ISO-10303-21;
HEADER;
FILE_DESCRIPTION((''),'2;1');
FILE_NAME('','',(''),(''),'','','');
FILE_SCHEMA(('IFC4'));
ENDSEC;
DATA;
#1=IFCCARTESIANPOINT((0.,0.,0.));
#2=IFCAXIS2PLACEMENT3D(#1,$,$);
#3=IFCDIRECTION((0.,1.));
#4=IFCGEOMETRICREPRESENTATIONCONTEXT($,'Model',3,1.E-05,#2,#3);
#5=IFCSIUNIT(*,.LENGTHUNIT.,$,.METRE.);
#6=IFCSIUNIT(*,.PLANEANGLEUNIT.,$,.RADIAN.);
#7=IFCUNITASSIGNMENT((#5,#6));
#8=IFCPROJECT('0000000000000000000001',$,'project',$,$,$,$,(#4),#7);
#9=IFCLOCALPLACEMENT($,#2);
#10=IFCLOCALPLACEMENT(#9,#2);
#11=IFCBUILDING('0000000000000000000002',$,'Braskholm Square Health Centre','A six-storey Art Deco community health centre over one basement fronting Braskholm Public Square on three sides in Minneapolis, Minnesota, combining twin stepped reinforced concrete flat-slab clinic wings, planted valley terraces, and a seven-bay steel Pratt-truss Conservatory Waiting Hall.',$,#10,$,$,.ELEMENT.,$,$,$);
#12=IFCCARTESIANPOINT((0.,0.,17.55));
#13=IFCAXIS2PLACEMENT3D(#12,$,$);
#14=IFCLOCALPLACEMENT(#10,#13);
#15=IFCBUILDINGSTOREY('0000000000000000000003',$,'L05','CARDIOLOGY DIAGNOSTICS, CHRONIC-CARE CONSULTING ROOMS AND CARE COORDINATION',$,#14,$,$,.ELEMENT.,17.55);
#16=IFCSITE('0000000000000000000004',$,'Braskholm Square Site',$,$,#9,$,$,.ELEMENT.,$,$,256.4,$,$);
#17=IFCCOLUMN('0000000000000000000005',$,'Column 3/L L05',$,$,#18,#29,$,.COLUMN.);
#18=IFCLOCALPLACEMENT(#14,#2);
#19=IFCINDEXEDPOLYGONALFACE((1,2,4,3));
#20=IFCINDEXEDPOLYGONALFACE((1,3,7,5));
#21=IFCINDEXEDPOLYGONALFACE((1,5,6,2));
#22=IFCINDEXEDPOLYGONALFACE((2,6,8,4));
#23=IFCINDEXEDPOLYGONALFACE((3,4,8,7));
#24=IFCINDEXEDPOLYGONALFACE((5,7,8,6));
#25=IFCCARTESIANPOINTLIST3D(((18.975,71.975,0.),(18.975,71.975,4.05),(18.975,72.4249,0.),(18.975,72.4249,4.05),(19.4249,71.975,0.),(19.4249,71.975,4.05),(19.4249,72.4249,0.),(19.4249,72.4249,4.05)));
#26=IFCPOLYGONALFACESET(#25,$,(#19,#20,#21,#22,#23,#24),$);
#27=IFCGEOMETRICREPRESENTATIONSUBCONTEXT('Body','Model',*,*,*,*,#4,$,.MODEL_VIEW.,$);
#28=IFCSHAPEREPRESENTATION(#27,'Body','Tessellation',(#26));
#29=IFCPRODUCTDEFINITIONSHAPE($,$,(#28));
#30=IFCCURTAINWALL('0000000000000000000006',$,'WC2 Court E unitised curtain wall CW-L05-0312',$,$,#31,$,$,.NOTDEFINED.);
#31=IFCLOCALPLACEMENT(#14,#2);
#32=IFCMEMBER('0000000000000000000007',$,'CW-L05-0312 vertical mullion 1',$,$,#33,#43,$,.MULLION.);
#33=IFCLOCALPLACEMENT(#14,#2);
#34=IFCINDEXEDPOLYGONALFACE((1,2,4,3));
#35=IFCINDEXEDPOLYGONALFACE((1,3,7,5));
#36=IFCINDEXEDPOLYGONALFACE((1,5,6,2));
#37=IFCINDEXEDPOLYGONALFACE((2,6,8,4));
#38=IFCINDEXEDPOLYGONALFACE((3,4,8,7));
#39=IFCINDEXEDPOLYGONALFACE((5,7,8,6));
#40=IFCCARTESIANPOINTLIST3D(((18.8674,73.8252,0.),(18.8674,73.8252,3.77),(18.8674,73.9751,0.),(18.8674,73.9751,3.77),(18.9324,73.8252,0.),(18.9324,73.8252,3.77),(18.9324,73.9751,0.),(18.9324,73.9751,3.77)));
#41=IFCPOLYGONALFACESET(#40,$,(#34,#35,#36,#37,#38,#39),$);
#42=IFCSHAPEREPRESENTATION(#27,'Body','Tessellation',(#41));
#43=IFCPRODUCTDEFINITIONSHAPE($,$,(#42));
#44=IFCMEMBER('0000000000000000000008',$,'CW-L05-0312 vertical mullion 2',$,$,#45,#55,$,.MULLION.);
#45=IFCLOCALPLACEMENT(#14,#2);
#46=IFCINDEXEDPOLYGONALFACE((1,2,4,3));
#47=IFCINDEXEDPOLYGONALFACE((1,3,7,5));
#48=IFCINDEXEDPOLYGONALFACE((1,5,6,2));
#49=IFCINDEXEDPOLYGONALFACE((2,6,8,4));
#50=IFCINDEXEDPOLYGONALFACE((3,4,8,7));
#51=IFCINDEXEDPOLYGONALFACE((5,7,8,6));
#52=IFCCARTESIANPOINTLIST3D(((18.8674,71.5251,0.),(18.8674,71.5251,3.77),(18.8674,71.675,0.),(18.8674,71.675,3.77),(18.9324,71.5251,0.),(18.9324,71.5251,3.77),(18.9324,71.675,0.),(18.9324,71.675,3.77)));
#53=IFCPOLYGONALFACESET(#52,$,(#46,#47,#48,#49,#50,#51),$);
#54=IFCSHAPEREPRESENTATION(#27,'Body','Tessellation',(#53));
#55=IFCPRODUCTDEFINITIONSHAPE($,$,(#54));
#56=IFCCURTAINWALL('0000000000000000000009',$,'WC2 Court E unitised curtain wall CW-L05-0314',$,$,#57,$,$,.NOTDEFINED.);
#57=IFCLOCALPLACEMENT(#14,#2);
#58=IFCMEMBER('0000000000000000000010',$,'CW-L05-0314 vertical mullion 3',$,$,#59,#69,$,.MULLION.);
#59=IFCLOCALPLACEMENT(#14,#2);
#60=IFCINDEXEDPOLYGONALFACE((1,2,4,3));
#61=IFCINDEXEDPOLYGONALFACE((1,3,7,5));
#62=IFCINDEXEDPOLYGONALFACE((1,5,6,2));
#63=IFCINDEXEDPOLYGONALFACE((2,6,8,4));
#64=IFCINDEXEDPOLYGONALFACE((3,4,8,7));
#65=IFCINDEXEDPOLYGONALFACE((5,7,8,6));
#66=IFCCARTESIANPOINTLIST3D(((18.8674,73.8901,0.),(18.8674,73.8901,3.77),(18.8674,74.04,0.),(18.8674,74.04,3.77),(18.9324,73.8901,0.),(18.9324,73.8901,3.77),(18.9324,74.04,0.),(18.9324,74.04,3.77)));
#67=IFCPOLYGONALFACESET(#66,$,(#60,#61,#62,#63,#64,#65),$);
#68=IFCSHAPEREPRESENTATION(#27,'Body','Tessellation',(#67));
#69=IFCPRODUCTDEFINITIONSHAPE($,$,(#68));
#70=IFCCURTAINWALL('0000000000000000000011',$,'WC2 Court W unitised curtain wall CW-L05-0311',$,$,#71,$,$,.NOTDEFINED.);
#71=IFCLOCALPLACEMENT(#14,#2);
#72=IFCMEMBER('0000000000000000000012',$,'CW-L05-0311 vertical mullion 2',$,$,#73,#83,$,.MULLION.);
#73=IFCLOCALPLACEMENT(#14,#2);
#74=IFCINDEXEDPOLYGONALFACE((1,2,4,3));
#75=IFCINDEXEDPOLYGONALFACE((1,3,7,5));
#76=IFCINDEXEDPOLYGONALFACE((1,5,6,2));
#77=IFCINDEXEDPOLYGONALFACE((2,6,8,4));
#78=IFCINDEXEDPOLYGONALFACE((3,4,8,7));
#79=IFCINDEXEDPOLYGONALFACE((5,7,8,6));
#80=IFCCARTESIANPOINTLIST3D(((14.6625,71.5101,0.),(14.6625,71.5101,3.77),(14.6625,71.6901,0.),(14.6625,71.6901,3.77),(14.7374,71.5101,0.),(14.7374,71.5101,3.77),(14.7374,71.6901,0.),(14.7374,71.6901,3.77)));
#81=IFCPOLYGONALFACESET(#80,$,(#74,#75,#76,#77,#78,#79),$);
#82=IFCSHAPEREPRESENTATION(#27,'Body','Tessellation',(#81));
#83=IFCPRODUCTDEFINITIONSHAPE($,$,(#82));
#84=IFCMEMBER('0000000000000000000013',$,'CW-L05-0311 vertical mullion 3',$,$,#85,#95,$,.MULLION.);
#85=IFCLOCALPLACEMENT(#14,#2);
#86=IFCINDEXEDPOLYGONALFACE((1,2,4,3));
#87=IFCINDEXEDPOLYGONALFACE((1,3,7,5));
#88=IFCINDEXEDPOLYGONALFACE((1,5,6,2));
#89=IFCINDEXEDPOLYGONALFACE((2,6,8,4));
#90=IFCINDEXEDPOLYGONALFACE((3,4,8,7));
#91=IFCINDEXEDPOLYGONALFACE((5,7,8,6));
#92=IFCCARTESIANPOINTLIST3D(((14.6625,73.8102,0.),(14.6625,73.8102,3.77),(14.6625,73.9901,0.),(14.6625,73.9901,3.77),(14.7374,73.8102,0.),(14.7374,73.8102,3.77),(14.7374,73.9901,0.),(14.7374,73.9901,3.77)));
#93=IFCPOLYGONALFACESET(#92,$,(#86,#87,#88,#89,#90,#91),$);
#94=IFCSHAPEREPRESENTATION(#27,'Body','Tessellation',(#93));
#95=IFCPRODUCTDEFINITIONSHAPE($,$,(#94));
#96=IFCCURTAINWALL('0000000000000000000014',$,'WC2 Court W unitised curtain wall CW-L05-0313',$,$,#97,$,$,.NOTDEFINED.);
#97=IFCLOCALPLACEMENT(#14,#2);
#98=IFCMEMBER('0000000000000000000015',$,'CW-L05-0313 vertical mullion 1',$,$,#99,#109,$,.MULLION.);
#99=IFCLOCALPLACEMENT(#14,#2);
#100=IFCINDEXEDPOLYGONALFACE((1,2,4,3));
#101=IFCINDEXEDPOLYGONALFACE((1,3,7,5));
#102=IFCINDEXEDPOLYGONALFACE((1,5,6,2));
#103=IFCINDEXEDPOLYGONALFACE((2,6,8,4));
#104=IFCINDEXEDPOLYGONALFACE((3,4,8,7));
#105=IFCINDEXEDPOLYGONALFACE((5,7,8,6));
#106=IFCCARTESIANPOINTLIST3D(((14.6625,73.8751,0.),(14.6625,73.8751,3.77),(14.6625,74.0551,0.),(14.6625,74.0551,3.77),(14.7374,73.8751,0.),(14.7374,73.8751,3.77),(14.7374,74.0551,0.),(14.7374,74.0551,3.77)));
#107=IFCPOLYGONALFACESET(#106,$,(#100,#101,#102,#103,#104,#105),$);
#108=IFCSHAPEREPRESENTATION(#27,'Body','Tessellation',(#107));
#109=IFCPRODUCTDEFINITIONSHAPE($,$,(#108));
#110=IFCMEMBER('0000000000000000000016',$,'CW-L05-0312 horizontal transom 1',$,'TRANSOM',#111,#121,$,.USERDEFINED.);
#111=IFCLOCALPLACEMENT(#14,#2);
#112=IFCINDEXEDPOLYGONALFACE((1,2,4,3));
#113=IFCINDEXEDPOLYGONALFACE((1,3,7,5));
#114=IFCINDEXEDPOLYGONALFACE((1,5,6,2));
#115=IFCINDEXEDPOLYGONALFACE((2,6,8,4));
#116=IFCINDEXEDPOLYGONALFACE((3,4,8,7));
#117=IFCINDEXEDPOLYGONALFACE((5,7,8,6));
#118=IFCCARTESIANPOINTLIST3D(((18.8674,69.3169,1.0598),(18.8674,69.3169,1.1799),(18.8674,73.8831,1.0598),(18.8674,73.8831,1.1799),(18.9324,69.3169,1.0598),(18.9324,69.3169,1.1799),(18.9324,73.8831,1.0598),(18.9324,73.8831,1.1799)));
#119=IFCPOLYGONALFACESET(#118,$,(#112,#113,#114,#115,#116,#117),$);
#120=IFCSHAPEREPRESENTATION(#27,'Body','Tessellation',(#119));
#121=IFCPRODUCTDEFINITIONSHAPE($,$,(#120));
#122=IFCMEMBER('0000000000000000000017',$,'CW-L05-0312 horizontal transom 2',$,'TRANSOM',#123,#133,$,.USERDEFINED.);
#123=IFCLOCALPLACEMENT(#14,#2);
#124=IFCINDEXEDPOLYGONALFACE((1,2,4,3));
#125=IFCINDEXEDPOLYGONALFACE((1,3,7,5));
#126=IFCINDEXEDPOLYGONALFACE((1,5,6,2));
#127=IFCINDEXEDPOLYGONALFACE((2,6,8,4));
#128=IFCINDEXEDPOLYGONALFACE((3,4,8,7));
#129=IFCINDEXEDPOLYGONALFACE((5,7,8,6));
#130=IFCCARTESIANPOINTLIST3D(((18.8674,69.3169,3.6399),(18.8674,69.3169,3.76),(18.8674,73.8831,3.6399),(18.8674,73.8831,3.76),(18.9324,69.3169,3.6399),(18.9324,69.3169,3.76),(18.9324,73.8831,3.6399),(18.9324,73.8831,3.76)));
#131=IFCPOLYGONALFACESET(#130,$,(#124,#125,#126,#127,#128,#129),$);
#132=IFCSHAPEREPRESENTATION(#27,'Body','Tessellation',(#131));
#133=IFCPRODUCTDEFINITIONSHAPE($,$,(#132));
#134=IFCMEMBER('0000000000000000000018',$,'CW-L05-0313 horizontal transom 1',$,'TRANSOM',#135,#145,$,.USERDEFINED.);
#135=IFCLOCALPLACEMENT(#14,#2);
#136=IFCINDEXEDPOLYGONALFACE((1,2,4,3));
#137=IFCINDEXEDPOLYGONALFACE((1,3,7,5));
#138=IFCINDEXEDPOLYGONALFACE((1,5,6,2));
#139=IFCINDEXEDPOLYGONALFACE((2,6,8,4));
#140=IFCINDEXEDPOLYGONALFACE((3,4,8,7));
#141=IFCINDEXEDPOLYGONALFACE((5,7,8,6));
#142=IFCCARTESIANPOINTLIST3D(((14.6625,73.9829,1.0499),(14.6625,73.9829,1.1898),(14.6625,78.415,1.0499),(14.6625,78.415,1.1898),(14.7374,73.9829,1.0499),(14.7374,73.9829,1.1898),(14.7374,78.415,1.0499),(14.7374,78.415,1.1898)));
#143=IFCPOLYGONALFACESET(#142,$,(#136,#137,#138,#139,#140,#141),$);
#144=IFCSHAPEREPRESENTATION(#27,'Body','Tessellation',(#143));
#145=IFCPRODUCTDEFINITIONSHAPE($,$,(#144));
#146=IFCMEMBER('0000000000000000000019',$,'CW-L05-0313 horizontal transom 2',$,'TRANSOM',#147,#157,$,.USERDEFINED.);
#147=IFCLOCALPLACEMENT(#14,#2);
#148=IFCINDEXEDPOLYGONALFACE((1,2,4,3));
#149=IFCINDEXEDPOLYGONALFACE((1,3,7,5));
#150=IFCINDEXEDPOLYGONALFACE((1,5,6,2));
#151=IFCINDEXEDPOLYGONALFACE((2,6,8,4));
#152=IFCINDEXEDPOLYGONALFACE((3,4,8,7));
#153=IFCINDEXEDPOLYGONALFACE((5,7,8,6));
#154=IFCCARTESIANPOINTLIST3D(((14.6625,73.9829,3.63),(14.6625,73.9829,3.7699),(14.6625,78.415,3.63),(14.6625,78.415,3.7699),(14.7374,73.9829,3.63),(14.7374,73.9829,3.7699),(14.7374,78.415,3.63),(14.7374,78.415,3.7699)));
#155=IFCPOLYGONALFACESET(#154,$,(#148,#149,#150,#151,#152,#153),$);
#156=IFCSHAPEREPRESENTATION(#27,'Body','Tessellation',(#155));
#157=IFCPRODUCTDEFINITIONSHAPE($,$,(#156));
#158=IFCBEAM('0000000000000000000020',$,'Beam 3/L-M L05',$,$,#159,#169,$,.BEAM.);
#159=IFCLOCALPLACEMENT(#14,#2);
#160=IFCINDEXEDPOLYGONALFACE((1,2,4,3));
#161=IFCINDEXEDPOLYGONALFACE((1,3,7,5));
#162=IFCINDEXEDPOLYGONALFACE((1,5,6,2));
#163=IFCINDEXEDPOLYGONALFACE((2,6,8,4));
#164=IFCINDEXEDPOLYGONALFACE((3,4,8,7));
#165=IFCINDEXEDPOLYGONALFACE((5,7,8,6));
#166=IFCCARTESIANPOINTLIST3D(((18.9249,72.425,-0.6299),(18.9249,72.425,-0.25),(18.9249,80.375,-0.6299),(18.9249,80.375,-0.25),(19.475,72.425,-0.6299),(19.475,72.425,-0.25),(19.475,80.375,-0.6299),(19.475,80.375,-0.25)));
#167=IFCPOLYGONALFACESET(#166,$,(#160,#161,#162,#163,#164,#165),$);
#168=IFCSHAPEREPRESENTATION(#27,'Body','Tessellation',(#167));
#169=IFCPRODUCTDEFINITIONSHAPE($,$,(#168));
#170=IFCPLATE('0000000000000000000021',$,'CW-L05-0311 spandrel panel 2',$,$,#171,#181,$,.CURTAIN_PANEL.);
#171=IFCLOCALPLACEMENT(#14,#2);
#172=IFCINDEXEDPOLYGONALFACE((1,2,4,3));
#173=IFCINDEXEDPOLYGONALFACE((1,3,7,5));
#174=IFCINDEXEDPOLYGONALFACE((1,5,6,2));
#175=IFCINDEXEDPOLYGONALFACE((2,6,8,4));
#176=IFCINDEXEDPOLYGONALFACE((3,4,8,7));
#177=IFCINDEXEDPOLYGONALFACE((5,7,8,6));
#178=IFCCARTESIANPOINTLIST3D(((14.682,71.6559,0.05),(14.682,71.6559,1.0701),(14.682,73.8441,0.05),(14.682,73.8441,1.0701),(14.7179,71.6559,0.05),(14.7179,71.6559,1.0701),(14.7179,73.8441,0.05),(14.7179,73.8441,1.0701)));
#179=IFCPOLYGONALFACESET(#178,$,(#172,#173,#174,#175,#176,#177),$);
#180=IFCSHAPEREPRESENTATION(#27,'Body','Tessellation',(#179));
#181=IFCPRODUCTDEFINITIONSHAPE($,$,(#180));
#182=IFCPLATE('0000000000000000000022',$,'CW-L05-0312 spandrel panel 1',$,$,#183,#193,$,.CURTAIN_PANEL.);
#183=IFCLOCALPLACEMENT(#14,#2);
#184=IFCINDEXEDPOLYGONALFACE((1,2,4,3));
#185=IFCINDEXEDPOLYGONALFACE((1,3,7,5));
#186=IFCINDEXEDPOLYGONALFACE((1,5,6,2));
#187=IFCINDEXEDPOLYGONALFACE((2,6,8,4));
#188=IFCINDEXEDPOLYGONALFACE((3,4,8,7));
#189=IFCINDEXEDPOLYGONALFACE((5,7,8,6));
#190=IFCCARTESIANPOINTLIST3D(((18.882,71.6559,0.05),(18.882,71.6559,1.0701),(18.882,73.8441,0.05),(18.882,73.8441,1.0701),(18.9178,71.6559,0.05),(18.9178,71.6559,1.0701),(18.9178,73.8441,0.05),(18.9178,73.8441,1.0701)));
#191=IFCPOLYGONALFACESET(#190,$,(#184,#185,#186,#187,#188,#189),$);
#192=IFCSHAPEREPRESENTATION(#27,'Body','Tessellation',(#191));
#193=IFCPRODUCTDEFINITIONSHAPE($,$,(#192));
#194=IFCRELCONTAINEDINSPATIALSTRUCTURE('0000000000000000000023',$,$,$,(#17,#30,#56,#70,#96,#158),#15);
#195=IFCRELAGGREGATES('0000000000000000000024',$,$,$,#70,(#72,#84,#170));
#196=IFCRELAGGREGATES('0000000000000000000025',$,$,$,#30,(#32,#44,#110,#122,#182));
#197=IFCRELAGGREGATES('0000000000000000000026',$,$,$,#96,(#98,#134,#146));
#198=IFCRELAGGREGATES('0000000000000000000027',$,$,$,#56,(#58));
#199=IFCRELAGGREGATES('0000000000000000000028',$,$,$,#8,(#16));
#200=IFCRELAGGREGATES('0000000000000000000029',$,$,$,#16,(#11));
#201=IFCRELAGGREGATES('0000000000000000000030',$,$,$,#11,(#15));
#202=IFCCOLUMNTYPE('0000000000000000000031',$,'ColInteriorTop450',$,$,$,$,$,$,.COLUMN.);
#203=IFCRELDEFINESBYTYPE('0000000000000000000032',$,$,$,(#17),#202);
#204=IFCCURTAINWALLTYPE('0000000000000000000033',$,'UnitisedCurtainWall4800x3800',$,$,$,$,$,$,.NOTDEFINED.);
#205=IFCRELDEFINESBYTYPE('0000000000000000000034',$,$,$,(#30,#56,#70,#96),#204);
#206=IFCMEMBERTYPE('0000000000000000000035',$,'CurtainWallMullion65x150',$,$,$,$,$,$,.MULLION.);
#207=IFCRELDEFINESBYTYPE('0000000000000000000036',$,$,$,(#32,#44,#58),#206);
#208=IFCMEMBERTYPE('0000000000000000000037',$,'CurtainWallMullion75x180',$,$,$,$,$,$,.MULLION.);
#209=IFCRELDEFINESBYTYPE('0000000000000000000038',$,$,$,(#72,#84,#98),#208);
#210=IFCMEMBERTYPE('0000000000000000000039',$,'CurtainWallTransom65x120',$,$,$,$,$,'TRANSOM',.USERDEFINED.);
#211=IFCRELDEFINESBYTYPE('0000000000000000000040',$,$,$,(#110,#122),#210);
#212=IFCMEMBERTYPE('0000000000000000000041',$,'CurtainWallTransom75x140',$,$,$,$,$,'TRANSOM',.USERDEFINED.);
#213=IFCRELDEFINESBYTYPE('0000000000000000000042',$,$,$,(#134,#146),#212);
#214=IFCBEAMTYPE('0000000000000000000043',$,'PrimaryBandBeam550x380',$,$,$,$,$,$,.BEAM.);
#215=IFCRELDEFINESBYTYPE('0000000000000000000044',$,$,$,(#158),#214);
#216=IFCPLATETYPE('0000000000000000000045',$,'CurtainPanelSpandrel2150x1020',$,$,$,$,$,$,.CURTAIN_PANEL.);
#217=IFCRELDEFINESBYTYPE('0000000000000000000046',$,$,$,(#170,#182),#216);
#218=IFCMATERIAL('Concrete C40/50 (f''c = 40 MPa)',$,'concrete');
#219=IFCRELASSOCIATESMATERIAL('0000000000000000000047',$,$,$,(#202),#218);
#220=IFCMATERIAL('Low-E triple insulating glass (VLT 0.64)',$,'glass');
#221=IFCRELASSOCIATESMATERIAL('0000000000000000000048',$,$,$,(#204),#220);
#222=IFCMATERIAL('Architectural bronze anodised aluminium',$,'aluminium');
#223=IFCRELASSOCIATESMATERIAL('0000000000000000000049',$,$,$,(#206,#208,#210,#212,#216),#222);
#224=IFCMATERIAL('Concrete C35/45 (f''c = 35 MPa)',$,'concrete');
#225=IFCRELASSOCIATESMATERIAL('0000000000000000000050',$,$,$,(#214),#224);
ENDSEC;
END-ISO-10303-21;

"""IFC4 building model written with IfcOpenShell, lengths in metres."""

from ifc_helpers import new_model, si_unit, direction, frame, origin, origin_2d, place, context, subcontext, project, spatial, rectangle, extrude, material, material_profile, profile_set, type_object, element, aggregate, save


model = new_model("IFC4")

# Units and contexts
model_context = context("Model", 3, precision=1e-05, world=origin(), true_north=direction((0.0, 1.0)))
body_context = subcontext(model_context, "Body", "Model", "MODEL_VIEW")
ifc_project = project(units=[si_unit("LENGTHUNIT", "METRE"), si_unit("PLANEANGLEUNIT", "RADIAN")], contexts=[model_context])

# Site, building, storey
site_placement = place(None, origin())
site = spatial("IfcSite", under=ifc_project, at=site_placement, Name="Braskholm Square Site", CompositionType="ELEMENT", RefElevation=256.4)
building_placement = place(site_placement, origin())
building = spatial("IfcBuilding", under=site, at=building_placement, Name="Braskholm Square Health Centre", Description="A six-storey Art Deco community health centre over one basement fronting Braskholm Public Square on three sides in Minneapolis, Minnesota, combining twin stepped reinforced concrete flat-slab clinic wings, planted valley terraces, and a seven-bay steel Pratt-truss Conservatory Waiting Hall.", CompositionType="ELEMENT")
storey_placement = place(building_placement, frame((0.0, 0.0, 17.55)))
storey = spatial("IfcBuildingStorey", under=building, at=storey_placement, Name="L05", Description="CARDIOLOGY DIAGNOSTICS, CHRONIC-CARE CONSULTING ROOMS AND CARE COORDINATION", CompositionType="ELEMENT", Elevation=17.55)

# Column
ifc_material_1 = material(Name="Concrete C40/50 (f'c = 40 MPa)", Category="concrete")
ifc_material_profile_1 = material_profile(ifc_material_1, rectangle(XDim=0.45, YDim=0.45, at=origin_2d()), Name="RC-450X450")
ifc_profile_set_1 = profile_set([ifc_material_profile_1], Name="Concrete C40/50 (f'c = 40 MPa)")
column_type = type_object("IfcColumnType", Name="ColInteriorTop450", PredefinedType="COLUMN", material=ifc_profile_set_1)
column_placement = place(storey_placement, frame((19.2, 72.2, 0.0), z_axis=(0.0, 0.0, 1.0), x_axis=(1.0, 0.0, 0.0)))
element("IfcColumn", 1, at=column_placement, inside=storey, type_object=column_type, Name="Column 3/L L05", PredefinedType="COLUMN", context=body_context, shape_type="SweptSolid", body=[
    extrude(rectangle(XDim=0.45, YDim=0.45, at=origin_2d()), origin(), (0.0, 0.0, 1.0), 4.05),
])

# Curtain wall, members
ifc_material_2 = material(Name="Low-E triple insulating glass (VLT 0.64)", Category="glass")
curtain_wall_type = type_object("IfcCurtainWallType", Name="UnitisedCurtainWall4800x3800", PredefinedType="NOTDEFINED", material=ifc_material_2)
curtain_wall_1_placement = place(storey_placement, origin())
curtain_wall_1 = element("IfcCurtainWall", 2, at=curtain_wall_1_placement, inside=storey, type_object=curtain_wall_type, Name="WC2 Court E unitised curtain wall CW-L05-0312", PredefinedType="NOTDEFINED")
ifc_material_3 = material(Name="Architectural bronze anodised aluminium", Category="aluminium")
ifc_material_profile_2 = material_profile(ifc_material_3, rectangle(XDim=0.0649, YDim=0.1499, at=origin_2d()), Name="ALU-65X150")
ifc_profile_set_2 = profile_set([ifc_material_profile_2], Name="Architectural bronze anodised aluminium")
member_type_1 = type_object("IfcMemberType", Name="CurtainWallMullion65x150", PredefinedType="MULLION", material=ifc_profile_set_2)
member_1_placement = place(storey_placement, frame((18.8999, 73.9001, 0.0), z_axis=(0.0, 0.0, 1.0), x_axis=(1.0, 0.0, 0.0)))
member_1 = element("IfcMember", 3, at=member_1_placement, type_object=member_type_1, Name="CW-L05-0312 vertical mullion 1", PredefinedType="MULLION", context=body_context, shape_type="SweptSolid", body=[
    extrude(rectangle(XDim=0.0649, YDim=0.1499, at=origin_2d()), origin(), (0.0, 0.0, 1.0), 3.77),
])
member_2_placement = place(storey_placement, frame((18.8999, 71.6001, 0.0), z_axis=(0.0, 0.0, 1.0), x_axis=(1.0, 0.0, 0.0)))
member_2 = element("IfcMember", 4, at=member_2_placement, type_object=member_type_1, Name="CW-L05-0312 vertical mullion 2", PredefinedType="MULLION", context=body_context, shape_type="SweptSolid", body=[
    extrude(rectangle(XDim=0.0649, YDim=0.1499, at=origin_2d()), origin(), (0.0, 0.0, 1.0), 3.77),
])

# Curtain wall, member
curtain_wall_2_placement = place(storey_placement, origin())
curtain_wall_2 = element("IfcCurtainWall", 5, at=curtain_wall_2_placement, inside=storey, type_object=curtain_wall_type, Name="WC2 Court E unitised curtain wall CW-L05-0314", PredefinedType="NOTDEFINED")
member_3_placement = place(storey_placement, frame((18.8999, 73.9651, 0.0), z_axis=(0.0, 0.0, 1.0), x_axis=(1.0, 0.0, 0.0)))
member_3 = element("IfcMember", 6, at=member_3_placement, type_object=member_type_1, Name="CW-L05-0314 vertical mullion 3", PredefinedType="MULLION", context=body_context, shape_type="SweptSolid", body=[
    extrude(rectangle(XDim=0.0649, YDim=0.1499, at=origin_2d()), origin(), (0.0, 0.0, 1.0), 3.77),
])

# Curtain wall, members
curtain_wall_3_placement = place(storey_placement, origin())
curtain_wall_3 = element("IfcCurtainWall", 7, at=curtain_wall_3_placement, inside=storey, type_object=curtain_wall_type, Name="WC2 Court W unitised curtain wall CW-L05-0311", PredefinedType="NOTDEFINED")
ifc_material_profile_3 = material_profile(ifc_material_3, rectangle(XDim=0.075, YDim=0.1799, at=origin_2d()), Name="ALU-75X180")
ifc_profile_set_3 = profile_set([ifc_material_profile_3], Name="Architectural bronze anodised aluminium")
member_type_2 = type_object("IfcMemberType", Name="CurtainWallMullion75x180", PredefinedType="MULLION", material=ifc_profile_set_3)
member_4_placement = place(storey_placement, frame((14.7, 71.6001, 0.0), z_axis=(0.0, 0.0, 1.0), x_axis=(1.0, 0.0, 0.0)))
member_4 = element("IfcMember", 8, at=member_4_placement, type_object=member_type_2, Name="CW-L05-0311 vertical mullion 2", PredefinedType="MULLION", context=body_context, shape_type="SweptSolid", body=[
    extrude(rectangle(XDim=0.075, YDim=0.1799, at=origin_2d()), origin(), (0.0, 0.0, 1.0), 3.77),
])
member_5_placement = place(storey_placement, frame((14.7, 73.9001, 0.0), z_axis=(0.0, 0.0, 1.0), x_axis=(1.0, 0.0, 0.0)))
member_5 = element("IfcMember", 9, at=member_5_placement, type_object=member_type_2, Name="CW-L05-0311 vertical mullion 3", PredefinedType="MULLION", context=body_context, shape_type="SweptSolid", body=[
    extrude(rectangle(XDim=0.075, YDim=0.1799, at=origin_2d()), origin(), (0.0, 0.0, 1.0), 3.77),
])

# Curtain wall, member
curtain_wall_4_placement = place(storey_placement, origin())
curtain_wall_4 = element("IfcCurtainWall", 10, at=curtain_wall_4_placement, inside=storey, type_object=curtain_wall_type, Name="WC2 Court W unitised curtain wall CW-L05-0313", PredefinedType="NOTDEFINED")
member_6_placement = place(storey_placement, frame((14.7, 73.9651, 0.0), z_axis=(0.0, 0.0, 1.0), x_axis=(1.0, 0.0, 0.0)))
member_6 = element("IfcMember", 11, at=member_6_placement, type_object=member_type_2, Name="CW-L05-0313 vertical mullion 1", PredefinedType="MULLION", context=body_context, shape_type="SweptSolid", body=[
    extrude(rectangle(XDim=0.075, YDim=0.1799, at=origin_2d()), origin(), (0.0, 0.0, 1.0), 3.77),
])

# Members
ifc_material_profile_4 = material_profile(ifc_material_3, rectangle(XDim=0.0649, YDim=0.1201, at=origin_2d()), Name="ALU-65X120")
ifc_profile_set_4 = profile_set([ifc_material_profile_4], Name="Architectural bronze anodised aluminium")
member_type_3 = type_object("IfcMemberType", Name="CurtainWallTransom65x120", ElementType="TRANSOM", PredefinedType="USERDEFINED", material=ifc_profile_set_4)
member_7_placement = place(storey_placement, frame((18.8999, 73.8831, 1.1199), z_axis=(0.0, -1.0, 0.0), x_axis=(1.0, 0.0, 0.0)))
member_7 = element("IfcMember", 12, at=member_7_placement, type_object=member_type_3, Name="CW-L05-0312 horizontal transom 1", ObjectType="TRANSOM", PredefinedType="USERDEFINED", context=body_context, shape_type="SweptSolid", body=[
    extrude(rectangle(XDim=0.0649, YDim=0.1201, at=origin_2d()), origin(), (0.0, 0.0, 1.0), 4.5662),
])
member_8_placement = place(storey_placement, frame((18.8999, 73.8831, 3.7), z_axis=(0.0, -1.0, 0.0), x_axis=(1.0, 0.0, 0.0)))
member_8 = element("IfcMember", 13, at=member_8_placement, type_object=member_type_3, Name="CW-L05-0312 horizontal transom 2", ObjectType="TRANSOM", PredefinedType="USERDEFINED", context=body_context, shape_type="SweptSolid", body=[
    extrude(rectangle(XDim=0.0649, YDim=0.1201, at=origin_2d()), origin(), (0.0, 0.0, 1.0), 4.5662),
])
ifc_material_profile_5 = material_profile(ifc_material_3, rectangle(XDim=0.075, YDim=0.1399, at=origin_2d()), Name="ALU-75X140")
ifc_profile_set_5 = profile_set([ifc_material_profile_5], Name="Architectural bronze anodised aluminium")
member_type_4 = type_object("IfcMemberType", Name="CurtainWallTransom75x140", ElementType="TRANSOM", PredefinedType="USERDEFINED", material=ifc_profile_set_5)
member_9_placement = place(storey_placement, frame((14.7, 73.9829, 1.1199), z_axis=(0.0, 1.0, 0.0), x_axis=(-1.0, 0.0, 0.0)))
member_9 = element("IfcMember", 14, at=member_9_placement, type_object=member_type_4, Name="CW-L05-0313 horizontal transom 1", ObjectType="TRANSOM", PredefinedType="USERDEFINED", context=body_context, shape_type="SweptSolid", body=[
    extrude(rectangle(XDim=0.075, YDim=0.1399, at=origin_2d()), origin(), (0.0, 0.0, 1.0), 4.4321),
])
member_10_placement = place(storey_placement, frame((14.7, 73.9829, 3.7), z_axis=(0.0, 1.0, 0.0), x_axis=(-1.0, 0.0, 0.0)))
member_10 = element("IfcMember", 15, at=member_10_placement, type_object=member_type_4, Name="CW-L05-0313 horizontal transom 2", ObjectType="TRANSOM", PredefinedType="USERDEFINED", context=body_context, shape_type="SweptSolid", body=[
    extrude(rectangle(XDim=0.075, YDim=0.1399, at=origin_2d()), origin(), (0.0, 0.0, 1.0), 4.4321),
])

# Beam
ifc_material_4 = material(Name="Concrete C35/45 (f'c = 35 MPa)", Category="concrete")
ifc_material_profile_6 = material_profile(ifc_material_4, rectangle(XDim=0.55, YDim=0.3799, at=origin_2d()), Name="RCB-550X380")
ifc_profile_set_6 = profile_set([ifc_material_profile_6], Name="Concrete C35/45 (f'c = 35 MPa)")
beam_type = type_object("IfcBeamType", Name="PrimaryBandBeam550x380", PredefinedType="BEAM", material=ifc_profile_set_6)
beam_placement = place(storey_placement, frame((19.2, 72.425, -0.4399), z_axis=(0.0, 1.0, 0.0), x_axis=(-1.0, 0.0, 0.0)))
element("IfcBeam", 16, at=beam_placement, inside=storey, type_object=beam_type, Name="Beam 3/L-M L05", PredefinedType="BEAM", context=body_context, shape_type="SweptSolid", body=[
    extrude(rectangle(XDim=0.55, YDim=0.3799, at=origin_2d()), origin(), (0.0, 0.0, 1.0), 7.95),
])

# Plates
plate_type_1 = type_object("IfcPlateType", Name="CurtainPanelSpandrel2150x1020", PredefinedType="CURTAIN_PANEL", material=ifc_material_3)
plate_1_placement = place(storey_placement, frame((14.7, 72.75, 0.05), z_axis=(0.0, 0.0, 1.0), x_axis=(0.0, 1.0, 0.0)))
plate_1 = element("IfcPlate", 17, at=plate_1_placement, type_object=plate_type_1, Name="CW-L05-0311 spandrel panel 2", PredefinedType="CURTAIN_PANEL", context=body_context, shape_type="SweptSolid", body=[
    extrude(rectangle(XDim=2.1882, YDim=0.0359, at=origin_2d()), origin(), (0.0, 0.0, 1.0), 1.02),
])
plate_2_placement = place(storey_placement, frame((18.8999, 72.75, 0.05), z_axis=(0.0, 0.0, 1.0), x_axis=(0.0, -1.0, 0.0)))
plate_2 = element("IfcPlate", 18, at=plate_2_placement, type_object=plate_type_1, Name="CW-L05-0312 spandrel panel 1", PredefinedType="CURTAIN_PANEL", context=body_context, shape_type="SweptSolid", body=[
    extrude(rectangle(XDim=2.1882, YDim=0.0359, at=origin_2d()), origin(), (0.0, 0.0, 1.0), 1.02),
])
aggregate(curtain_wall_3, [member_4, member_5, plate_1])
aggregate(curtain_wall_1, [member_1, member_2, member_7, member_8, plate_2])
aggregate(curtain_wall_4, [member_6, member_9, member_10])
aggregate(curtain_wall_2, [member_3])

save(model, "model.ifc")
